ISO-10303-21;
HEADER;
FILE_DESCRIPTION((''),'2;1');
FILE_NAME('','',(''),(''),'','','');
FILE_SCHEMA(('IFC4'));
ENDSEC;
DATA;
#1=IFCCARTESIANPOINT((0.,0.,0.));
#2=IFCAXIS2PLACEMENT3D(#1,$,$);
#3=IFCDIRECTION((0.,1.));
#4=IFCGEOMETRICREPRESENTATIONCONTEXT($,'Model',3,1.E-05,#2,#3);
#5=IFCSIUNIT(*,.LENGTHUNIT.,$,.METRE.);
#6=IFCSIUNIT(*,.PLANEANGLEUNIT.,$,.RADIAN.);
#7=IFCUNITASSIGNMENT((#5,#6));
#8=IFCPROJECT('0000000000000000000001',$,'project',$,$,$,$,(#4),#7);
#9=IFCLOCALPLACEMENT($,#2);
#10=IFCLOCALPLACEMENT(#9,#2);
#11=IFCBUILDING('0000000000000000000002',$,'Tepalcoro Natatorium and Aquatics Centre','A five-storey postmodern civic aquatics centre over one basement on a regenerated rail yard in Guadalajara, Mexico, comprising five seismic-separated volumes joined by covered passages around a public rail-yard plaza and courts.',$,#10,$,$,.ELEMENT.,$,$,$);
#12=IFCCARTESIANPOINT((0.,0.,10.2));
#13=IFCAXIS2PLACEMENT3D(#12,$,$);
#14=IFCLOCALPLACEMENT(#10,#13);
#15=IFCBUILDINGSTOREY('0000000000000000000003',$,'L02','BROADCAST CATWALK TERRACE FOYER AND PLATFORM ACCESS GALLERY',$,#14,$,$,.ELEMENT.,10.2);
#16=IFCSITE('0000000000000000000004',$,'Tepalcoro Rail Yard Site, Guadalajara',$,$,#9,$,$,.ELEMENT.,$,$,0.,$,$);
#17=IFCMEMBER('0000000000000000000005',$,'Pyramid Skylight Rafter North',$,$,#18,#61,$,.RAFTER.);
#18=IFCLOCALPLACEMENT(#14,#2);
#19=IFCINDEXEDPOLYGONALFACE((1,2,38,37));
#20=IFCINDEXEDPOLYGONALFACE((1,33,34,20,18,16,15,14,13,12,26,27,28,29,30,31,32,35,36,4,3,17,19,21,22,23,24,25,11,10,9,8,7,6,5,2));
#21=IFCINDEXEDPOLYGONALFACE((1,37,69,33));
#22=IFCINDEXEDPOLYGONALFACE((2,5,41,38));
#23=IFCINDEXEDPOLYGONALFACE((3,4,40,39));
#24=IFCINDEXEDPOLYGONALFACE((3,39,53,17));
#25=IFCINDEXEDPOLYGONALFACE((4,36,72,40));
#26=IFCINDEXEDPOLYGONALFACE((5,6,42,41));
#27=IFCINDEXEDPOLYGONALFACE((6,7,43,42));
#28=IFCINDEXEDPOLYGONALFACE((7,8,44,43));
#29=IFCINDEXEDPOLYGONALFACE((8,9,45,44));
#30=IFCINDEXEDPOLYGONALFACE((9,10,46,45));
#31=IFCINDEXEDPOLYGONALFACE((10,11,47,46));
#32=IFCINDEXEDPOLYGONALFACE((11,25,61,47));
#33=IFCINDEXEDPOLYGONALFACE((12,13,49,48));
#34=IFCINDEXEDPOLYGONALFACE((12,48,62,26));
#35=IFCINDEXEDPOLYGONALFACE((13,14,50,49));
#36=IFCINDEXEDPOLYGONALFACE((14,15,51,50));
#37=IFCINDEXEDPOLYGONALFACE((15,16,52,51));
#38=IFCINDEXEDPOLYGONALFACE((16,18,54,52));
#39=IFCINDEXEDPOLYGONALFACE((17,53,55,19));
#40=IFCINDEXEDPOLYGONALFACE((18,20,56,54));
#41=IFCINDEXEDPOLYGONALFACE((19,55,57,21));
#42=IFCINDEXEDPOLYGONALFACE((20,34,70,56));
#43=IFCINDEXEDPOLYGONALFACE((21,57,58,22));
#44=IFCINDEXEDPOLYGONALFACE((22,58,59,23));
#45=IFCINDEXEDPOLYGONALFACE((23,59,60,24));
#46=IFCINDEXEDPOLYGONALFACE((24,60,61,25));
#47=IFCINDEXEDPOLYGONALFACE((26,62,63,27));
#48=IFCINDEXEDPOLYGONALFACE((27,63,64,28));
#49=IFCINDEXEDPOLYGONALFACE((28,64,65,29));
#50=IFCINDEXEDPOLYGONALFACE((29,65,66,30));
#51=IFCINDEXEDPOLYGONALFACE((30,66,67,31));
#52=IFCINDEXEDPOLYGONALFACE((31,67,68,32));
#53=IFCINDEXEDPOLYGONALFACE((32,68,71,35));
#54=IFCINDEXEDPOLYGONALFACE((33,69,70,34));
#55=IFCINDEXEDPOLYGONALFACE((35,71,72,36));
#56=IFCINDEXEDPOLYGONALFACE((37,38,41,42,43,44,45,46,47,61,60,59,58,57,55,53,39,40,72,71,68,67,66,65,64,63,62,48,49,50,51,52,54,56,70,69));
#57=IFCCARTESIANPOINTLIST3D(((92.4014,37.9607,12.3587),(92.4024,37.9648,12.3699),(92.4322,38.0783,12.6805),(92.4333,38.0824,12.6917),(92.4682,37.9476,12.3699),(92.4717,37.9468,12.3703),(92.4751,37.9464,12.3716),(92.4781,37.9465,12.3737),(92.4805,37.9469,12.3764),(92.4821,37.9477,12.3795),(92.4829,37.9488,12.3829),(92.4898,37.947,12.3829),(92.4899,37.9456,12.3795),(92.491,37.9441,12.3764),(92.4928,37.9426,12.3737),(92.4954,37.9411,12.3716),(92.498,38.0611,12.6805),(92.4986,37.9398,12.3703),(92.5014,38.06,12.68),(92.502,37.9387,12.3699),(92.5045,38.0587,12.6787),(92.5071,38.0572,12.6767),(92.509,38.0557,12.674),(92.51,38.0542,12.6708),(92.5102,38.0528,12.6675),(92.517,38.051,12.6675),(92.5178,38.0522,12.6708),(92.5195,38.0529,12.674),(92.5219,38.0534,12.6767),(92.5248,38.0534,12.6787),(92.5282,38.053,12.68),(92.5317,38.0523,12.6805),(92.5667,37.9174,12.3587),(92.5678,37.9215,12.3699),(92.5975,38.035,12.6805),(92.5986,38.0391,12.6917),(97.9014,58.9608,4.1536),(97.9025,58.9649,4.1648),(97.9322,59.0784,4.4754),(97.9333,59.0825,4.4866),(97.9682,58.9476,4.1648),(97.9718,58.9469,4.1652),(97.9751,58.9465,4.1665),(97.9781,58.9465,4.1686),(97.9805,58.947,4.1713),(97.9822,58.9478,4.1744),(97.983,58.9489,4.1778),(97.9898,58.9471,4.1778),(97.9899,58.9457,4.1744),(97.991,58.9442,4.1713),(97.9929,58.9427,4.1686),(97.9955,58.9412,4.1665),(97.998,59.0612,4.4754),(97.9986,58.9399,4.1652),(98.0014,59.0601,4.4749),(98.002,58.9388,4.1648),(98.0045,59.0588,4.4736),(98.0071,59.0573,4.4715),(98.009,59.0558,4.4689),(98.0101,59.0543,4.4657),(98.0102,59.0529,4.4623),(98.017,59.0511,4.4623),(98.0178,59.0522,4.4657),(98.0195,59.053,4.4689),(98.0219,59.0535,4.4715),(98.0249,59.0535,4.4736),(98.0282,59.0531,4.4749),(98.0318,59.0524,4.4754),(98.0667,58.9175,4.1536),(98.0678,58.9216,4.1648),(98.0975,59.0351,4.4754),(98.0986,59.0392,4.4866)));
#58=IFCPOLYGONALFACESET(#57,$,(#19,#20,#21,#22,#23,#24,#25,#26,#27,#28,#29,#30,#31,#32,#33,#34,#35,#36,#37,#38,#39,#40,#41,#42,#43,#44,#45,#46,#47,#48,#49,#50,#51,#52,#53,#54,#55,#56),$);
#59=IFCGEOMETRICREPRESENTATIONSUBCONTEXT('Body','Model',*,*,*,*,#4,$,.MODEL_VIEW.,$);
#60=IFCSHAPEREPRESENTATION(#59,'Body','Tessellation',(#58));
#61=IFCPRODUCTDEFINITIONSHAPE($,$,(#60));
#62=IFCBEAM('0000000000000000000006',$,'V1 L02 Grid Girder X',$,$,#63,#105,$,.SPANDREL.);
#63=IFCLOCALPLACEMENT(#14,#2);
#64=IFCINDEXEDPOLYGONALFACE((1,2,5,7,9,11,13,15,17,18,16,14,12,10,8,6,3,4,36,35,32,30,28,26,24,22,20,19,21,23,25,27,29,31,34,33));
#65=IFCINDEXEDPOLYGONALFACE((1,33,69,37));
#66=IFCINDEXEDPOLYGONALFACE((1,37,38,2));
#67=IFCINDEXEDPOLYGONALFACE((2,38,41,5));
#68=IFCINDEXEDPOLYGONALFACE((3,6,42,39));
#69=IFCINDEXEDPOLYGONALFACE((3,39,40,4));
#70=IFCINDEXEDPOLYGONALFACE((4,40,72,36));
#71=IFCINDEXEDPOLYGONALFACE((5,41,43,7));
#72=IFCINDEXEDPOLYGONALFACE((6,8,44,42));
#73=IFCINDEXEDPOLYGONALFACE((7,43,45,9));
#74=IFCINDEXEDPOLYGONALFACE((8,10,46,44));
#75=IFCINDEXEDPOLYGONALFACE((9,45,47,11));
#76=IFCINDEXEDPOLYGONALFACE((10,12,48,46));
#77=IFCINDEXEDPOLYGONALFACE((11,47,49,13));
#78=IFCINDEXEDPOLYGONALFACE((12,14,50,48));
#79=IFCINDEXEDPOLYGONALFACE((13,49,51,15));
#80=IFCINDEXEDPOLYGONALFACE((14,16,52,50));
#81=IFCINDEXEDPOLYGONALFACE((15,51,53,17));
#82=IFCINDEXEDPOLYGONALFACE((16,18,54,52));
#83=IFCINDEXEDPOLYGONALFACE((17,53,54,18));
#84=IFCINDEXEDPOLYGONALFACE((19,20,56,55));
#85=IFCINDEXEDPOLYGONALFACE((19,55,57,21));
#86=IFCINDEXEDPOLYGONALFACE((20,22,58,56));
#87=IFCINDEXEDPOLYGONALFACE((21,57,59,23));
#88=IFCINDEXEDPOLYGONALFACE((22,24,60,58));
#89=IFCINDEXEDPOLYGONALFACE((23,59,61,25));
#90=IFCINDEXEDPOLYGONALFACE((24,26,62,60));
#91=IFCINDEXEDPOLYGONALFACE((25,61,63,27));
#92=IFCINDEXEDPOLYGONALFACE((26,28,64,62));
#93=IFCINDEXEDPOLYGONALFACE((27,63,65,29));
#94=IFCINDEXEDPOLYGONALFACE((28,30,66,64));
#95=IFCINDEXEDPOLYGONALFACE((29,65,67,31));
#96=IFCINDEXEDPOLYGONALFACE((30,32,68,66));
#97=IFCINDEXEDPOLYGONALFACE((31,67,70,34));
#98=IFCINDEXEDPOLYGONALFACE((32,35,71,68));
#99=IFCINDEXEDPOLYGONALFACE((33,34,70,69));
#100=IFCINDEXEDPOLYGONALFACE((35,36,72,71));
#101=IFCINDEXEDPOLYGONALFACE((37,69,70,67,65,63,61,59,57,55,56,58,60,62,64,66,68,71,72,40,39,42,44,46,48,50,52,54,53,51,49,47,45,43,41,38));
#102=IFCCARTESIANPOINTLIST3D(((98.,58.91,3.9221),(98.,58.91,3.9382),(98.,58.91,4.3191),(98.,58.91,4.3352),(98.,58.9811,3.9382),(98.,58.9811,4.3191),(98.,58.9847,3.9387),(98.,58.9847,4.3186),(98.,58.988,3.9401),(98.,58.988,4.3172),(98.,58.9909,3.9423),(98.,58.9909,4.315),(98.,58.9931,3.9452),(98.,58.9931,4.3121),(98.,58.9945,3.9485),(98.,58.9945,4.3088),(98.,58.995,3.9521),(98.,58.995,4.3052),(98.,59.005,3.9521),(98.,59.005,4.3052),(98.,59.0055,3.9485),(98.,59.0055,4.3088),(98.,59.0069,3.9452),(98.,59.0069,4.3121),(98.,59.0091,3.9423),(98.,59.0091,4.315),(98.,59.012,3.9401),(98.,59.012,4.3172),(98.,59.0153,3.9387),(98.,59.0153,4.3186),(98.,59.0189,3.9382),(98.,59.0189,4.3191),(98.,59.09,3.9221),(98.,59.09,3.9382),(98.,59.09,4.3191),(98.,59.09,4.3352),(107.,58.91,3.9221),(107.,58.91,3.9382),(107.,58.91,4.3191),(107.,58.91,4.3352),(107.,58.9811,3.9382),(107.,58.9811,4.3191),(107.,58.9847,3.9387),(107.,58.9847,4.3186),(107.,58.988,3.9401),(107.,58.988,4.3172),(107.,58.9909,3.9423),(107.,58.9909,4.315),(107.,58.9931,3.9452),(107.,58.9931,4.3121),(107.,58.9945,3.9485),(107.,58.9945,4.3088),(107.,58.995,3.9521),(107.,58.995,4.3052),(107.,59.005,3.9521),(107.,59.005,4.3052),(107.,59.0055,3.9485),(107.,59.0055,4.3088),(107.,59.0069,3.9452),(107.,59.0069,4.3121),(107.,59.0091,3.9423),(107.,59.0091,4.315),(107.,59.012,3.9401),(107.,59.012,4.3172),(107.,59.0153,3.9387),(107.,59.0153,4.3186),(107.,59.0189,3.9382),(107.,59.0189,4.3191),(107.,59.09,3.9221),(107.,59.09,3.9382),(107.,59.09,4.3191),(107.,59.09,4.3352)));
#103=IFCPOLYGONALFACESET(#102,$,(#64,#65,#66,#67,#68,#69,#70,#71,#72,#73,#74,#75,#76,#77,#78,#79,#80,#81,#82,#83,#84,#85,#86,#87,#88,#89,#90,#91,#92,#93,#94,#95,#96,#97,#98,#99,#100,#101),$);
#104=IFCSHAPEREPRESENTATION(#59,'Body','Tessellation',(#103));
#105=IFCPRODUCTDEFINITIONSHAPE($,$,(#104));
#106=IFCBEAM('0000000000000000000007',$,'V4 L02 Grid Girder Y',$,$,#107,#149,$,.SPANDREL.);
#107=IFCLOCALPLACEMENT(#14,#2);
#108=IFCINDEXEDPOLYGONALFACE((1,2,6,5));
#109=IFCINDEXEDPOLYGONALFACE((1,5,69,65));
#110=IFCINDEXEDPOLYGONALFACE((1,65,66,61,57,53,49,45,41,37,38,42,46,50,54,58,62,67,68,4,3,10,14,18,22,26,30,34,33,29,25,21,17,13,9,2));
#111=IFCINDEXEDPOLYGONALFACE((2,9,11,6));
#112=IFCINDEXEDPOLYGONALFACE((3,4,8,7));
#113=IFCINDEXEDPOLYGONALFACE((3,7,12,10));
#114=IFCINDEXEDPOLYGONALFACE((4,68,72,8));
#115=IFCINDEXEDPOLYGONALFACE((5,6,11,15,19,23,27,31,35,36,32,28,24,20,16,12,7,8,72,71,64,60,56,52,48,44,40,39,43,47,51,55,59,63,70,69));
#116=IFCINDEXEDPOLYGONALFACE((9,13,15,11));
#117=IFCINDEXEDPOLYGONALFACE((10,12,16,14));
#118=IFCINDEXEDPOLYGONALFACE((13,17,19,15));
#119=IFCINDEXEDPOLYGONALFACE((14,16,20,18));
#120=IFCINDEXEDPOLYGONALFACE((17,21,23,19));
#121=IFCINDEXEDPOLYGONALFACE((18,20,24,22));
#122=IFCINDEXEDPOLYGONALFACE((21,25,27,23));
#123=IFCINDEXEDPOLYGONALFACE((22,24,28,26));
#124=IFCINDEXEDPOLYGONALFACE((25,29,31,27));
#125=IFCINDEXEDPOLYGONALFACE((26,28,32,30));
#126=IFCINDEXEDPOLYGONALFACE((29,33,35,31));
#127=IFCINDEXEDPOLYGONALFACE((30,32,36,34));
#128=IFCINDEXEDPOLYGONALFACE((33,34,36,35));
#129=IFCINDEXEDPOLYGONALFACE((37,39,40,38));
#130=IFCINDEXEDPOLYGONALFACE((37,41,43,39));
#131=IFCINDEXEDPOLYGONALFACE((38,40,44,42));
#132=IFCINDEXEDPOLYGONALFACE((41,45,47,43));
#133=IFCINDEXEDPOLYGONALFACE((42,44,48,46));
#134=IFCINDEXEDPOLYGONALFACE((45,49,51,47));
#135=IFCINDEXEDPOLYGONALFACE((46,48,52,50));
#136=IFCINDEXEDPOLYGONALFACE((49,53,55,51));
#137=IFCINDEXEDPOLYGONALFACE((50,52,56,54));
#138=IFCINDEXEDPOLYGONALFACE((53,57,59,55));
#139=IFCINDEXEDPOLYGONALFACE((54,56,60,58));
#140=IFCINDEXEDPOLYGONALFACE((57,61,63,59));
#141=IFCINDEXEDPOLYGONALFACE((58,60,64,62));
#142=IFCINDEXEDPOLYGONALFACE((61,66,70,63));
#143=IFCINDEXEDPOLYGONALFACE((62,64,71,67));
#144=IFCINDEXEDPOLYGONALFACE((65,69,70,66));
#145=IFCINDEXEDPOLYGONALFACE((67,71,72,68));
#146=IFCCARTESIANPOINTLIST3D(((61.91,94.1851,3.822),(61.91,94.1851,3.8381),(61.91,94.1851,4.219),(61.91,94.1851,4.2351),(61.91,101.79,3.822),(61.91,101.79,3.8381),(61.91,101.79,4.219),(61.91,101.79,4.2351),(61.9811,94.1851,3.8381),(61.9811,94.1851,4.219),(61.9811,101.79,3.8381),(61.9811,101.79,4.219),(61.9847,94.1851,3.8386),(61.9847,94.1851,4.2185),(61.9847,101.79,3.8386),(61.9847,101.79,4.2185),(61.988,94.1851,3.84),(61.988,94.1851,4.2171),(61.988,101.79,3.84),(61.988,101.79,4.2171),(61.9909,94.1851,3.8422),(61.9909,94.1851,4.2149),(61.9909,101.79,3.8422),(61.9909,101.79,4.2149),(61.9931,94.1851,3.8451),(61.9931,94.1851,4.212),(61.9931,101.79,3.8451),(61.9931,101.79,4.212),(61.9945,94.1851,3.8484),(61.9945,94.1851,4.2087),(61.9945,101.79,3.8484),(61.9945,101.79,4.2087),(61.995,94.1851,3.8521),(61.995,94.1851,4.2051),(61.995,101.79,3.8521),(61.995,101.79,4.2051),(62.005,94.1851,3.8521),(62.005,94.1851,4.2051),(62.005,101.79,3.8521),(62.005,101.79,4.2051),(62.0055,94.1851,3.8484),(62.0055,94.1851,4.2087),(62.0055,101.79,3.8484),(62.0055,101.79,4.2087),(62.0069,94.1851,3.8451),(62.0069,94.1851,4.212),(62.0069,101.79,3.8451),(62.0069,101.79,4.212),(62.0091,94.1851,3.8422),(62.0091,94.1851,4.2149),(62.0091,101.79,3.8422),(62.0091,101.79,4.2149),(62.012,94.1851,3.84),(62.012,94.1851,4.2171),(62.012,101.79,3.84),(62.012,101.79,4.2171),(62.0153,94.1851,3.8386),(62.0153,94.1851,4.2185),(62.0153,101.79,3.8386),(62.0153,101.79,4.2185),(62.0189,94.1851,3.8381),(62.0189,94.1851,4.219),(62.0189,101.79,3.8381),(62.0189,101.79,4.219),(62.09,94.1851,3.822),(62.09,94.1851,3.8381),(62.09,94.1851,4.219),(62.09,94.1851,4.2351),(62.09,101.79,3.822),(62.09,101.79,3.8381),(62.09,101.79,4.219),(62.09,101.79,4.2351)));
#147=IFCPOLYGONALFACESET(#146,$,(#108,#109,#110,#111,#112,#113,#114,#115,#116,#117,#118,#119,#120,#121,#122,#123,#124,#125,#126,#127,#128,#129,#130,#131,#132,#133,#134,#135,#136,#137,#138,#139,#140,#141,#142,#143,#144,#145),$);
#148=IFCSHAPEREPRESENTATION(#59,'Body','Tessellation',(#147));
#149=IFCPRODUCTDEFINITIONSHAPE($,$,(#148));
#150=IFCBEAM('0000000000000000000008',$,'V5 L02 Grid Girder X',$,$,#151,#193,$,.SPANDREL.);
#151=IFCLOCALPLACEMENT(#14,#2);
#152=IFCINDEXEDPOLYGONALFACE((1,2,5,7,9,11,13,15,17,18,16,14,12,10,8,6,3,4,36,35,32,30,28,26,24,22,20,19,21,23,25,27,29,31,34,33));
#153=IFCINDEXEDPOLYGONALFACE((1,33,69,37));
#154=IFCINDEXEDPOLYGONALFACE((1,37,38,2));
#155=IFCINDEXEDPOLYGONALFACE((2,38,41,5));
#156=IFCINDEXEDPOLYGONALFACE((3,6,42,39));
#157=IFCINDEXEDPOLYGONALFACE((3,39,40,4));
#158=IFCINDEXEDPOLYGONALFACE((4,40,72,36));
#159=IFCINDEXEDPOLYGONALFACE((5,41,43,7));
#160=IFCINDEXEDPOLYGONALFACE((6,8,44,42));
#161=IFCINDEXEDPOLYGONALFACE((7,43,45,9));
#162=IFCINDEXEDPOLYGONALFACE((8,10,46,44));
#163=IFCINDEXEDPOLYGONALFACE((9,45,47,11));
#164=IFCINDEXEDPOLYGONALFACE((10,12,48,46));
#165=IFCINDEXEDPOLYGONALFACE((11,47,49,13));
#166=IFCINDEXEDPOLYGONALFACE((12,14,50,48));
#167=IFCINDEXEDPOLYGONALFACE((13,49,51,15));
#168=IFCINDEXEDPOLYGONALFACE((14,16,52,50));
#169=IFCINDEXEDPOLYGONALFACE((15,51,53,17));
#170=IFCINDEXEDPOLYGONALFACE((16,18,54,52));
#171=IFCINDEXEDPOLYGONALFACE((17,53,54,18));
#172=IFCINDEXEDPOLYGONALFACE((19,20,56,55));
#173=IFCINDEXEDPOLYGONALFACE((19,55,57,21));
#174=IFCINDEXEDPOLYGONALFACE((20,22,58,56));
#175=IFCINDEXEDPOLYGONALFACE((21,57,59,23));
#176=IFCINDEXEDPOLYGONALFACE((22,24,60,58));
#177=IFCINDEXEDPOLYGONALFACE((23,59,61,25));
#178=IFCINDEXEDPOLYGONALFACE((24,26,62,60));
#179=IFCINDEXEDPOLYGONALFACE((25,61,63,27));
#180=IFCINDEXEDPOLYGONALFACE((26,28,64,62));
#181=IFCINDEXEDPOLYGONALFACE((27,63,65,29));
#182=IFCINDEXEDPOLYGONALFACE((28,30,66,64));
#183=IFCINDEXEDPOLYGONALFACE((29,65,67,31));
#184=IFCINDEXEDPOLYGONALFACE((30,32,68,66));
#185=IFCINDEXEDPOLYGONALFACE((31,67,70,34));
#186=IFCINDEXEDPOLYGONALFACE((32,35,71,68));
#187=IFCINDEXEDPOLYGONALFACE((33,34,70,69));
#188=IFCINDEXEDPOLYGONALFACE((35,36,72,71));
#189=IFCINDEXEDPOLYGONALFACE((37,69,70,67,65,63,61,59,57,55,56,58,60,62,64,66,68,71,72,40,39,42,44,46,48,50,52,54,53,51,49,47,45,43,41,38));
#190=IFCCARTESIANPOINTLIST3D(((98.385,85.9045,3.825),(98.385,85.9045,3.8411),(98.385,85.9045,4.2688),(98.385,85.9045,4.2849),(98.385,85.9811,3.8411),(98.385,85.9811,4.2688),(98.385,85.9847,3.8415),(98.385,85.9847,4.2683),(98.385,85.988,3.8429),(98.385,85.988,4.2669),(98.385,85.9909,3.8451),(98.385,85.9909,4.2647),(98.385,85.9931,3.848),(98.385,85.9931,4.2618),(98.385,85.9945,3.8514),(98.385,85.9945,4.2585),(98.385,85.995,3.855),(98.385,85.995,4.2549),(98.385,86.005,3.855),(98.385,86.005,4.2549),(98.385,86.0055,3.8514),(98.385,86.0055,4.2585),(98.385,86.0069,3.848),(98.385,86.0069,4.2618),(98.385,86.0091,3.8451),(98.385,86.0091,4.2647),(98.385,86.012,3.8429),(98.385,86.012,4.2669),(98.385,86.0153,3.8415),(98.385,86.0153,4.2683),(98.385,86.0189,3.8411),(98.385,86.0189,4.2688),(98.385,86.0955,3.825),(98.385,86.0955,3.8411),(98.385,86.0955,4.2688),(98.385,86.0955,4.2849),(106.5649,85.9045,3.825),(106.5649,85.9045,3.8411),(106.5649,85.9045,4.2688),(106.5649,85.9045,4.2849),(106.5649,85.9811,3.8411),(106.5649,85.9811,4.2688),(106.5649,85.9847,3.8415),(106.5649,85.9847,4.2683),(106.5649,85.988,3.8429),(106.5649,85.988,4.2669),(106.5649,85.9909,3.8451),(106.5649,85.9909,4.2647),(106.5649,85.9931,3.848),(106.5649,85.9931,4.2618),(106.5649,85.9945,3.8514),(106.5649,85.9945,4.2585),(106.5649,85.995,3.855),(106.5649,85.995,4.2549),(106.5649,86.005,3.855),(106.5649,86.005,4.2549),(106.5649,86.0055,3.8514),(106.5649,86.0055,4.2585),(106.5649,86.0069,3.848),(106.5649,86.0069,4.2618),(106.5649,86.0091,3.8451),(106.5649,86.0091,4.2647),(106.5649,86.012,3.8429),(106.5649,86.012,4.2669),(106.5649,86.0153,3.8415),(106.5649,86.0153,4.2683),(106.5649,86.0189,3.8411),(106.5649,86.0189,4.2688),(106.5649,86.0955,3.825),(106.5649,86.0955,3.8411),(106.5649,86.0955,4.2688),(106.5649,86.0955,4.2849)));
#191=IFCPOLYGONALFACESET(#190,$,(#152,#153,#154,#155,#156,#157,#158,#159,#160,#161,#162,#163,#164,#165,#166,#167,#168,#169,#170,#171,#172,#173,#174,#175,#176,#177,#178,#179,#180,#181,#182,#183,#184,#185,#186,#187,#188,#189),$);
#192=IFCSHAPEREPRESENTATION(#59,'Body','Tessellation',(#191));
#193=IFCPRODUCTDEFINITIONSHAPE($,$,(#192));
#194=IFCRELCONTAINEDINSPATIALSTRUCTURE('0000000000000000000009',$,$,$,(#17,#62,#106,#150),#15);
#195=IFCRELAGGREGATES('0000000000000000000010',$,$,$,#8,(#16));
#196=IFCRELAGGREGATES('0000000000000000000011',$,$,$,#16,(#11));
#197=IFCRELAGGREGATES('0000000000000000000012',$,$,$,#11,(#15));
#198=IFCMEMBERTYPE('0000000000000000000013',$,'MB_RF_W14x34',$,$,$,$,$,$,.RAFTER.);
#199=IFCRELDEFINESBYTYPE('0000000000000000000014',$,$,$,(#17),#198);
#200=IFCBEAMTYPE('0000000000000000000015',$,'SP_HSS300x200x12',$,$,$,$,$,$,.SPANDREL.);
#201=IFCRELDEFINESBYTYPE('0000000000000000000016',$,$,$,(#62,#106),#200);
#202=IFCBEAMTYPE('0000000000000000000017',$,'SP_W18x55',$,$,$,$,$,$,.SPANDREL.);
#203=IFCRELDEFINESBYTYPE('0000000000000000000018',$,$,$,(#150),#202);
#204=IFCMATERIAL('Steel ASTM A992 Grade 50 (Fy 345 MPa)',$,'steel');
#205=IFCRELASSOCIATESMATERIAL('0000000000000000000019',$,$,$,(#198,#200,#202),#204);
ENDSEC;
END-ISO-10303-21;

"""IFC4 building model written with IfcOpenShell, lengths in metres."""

from ifc_helpers import new_model, si_unit, direction, frame, origin, origin_2d, place, context, subcontext, project, spatial, i_section, extrude, material, material_profile, profile_set, type_object, element, save


model = new_model("IFC4")

# Units and contexts
model_context = context("Model", 3, precision=1e-05, world=origin(), true_north=direction((0.0, 1.0)))
body_context = subcontext(model_context, "Body", "Model", "MODEL_VIEW")
ifc_project = project(units=[si_unit("LENGTHUNIT", "METRE"), si_unit("PLANEANGLEUNIT", "RADIAN")], contexts=[model_context])

# Site, building, storey
site_placement = place(None, origin())
site = spatial("IfcSite", under=ifc_project, at=site_placement, Name="Tepalcoro Rail Yard Site, Guadalajara", CompositionType="ELEMENT", RefElevation=0.0)
building_placement = place(site_placement, origin())
building = spatial("IfcBuilding", under=site, at=building_placement, Name="Tepalcoro Natatorium and Aquatics Centre", Description="A five-storey postmodern civic aquatics centre over one basement on a regenerated rail yard in Guadalajara, Mexico, comprising five seismic-separated volumes joined by covered passages around a public rail-yard plaza and courts.", CompositionType="ELEMENT")
storey_placement = place(building_placement, frame((0.0, 0.0, 10.2)))
storey = spatial("IfcBuildingStorey", under=building, at=storey_placement, Name="L02", Description="BROADCAST CATWALK TERRACE FOYER AND PLATFORM ACCESS GALLERY", CompositionType="ELEMENT", Elevation=10.2)

# Shared definitions
ifc_material_1 = material(Name="Steel ASTM A992 Grade 50 (Fy 345 MPa)", Category="steel")

# Member
ifc_material_profile_1 = material_profile(ifc_material_1, i_section(OverallWidth=0.1709, OverallDepth=0.356, WebThickness=0.0071, FlangeThickness=0.012, FilletRadius=0.0139, at=origin_2d()), Name="W14X34")
ifc_profile_set_1 = profile_set([ifc_material_profile_1], Name="Steel ASTM A992 Grade 50 (Fy 345 MPa)")
member_type_1 = type_object("IfcMemberType", Name="MB_RF_W14x34", PredefinedType="RAFTER", material=ifc_profile_set_1)
member_1_placement = place(storey_placement, frame((98.0, 59.0, 4.3201), z_axis=(-0.236996, -0.904892, 0.353558), x_axis=(0.967372, -0.253359, 0.0)))
element("IfcMember", 1, at=member_1_placement, inside=storey, type_object=member_type_1, Name="Pyramid Skylight Rafter North", PredefinedType="RAFTER", context=body_context, shape_type="SweptSolid", body=[
    extrude(i_section(OverallWidth=0.1709, OverallDepth=0.356, WebThickness=0.0071, FlangeThickness=0.012, FilletRadius=0.0139, at=origin_2d()), origin(), (0.0, 0.0, 1.0), 23.2073),
])

# Beams
ifc_material_profile_2 = material_profile(ifc_material_1, i_section(OverallWidth=0.1799, OverallDepth=0.4131, WebThickness=0.01, FlangeThickness=0.0161, FilletRadius=0.0139, at=origin_2d()), Name="W16X50")
ifc_profile_set_2 = profile_set([ifc_material_profile_2], Name="Steel ASTM A992 Grade 50 (Fy 345 MPa)")
beam_type_1 = type_object("IfcBeamType", Name="SP_HSS300x200x12", PredefinedType="SPANDREL", material=ifc_profile_set_2)
beam_1_placement = place(storey_placement, frame((98.0, 59.0, 4.1287), z_axis=(1.0, 0.0, 0.0), x_axis=(0.0, 1.0, 0.0)))
element("IfcBeam", 2, at=beam_1_placement, inside=storey, type_object=beam_type_1, Name="V1 L02 Grid Girder X", PredefinedType="SPANDREL", context=body_context, shape_type="SweptSolid", body=[
    extrude(i_section(OverallWidth=0.1799, OverallDepth=0.4131, WebThickness=0.01, FlangeThickness=0.0161, FilletRadius=0.0139, at=origin_2d()), origin(), (0.0, 0.0, 1.0), 9.0),
])
beam_2_placement = place(storey_placement, frame((62.0, 94.1851, 4.0286), z_axis=(0.0, 1.0, 0.0), x_axis=(-1.0, 0.0, 0.0)))
element("IfcBeam", 3, at=beam_2_placement, inside=storey, type_object=beam_type_1, Name="V4 L02 Grid Girder Y", PredefinedType="SPANDREL", context=body_context, shape_type="SweptSolid", body=[
    extrude(i_section(OverallWidth=0.1799, OverallDepth=0.4131, WebThickness=0.01, FlangeThickness=0.0161, FilletRadius=0.0139, at=origin_2d()), origin(), (0.0, 0.0, 1.0), 7.605),
])
ifc_material_profile_3 = material_profile(ifc_material_1, i_section(OverallWidth=0.1909, OverallDepth=0.46, WebThickness=0.01, FlangeThickness=0.0161, FilletRadius=0.0139, at=origin_2d()), Name="W18X55")
ifc_profile_set_3 = profile_set([ifc_material_profile_3], Name="Steel ASTM A992 Grade 50 (Fy 345 MPa)")
beam_type_2 = type_object("IfcBeamType", Name="SP_W18x55", PredefinedType="SPANDREL", material=ifc_profile_set_3)
beam_3_placement = place(storey_placement, frame((98.385, 86.0, 4.0549), z_axis=(1.0, 0.0, 0.0), x_axis=(0.0, 1.0, 0.0)))
element("IfcBeam", 4, at=beam_3_placement, inside=storey, type_object=beam_type_2, Name="V5 L02 Grid Girder X", PredefinedType="SPANDREL", context=body_context, shape_type="SweptSolid", body=[
    extrude(i_section(OverallWidth=0.1909, OverallDepth=0.46, WebThickness=0.01, FlangeThickness=0.0161, FilletRadius=0.0139, at=origin_2d()), origin(), (0.0, 0.0, 1.0), 8.1799),
])

save(model, "model.ifc")
